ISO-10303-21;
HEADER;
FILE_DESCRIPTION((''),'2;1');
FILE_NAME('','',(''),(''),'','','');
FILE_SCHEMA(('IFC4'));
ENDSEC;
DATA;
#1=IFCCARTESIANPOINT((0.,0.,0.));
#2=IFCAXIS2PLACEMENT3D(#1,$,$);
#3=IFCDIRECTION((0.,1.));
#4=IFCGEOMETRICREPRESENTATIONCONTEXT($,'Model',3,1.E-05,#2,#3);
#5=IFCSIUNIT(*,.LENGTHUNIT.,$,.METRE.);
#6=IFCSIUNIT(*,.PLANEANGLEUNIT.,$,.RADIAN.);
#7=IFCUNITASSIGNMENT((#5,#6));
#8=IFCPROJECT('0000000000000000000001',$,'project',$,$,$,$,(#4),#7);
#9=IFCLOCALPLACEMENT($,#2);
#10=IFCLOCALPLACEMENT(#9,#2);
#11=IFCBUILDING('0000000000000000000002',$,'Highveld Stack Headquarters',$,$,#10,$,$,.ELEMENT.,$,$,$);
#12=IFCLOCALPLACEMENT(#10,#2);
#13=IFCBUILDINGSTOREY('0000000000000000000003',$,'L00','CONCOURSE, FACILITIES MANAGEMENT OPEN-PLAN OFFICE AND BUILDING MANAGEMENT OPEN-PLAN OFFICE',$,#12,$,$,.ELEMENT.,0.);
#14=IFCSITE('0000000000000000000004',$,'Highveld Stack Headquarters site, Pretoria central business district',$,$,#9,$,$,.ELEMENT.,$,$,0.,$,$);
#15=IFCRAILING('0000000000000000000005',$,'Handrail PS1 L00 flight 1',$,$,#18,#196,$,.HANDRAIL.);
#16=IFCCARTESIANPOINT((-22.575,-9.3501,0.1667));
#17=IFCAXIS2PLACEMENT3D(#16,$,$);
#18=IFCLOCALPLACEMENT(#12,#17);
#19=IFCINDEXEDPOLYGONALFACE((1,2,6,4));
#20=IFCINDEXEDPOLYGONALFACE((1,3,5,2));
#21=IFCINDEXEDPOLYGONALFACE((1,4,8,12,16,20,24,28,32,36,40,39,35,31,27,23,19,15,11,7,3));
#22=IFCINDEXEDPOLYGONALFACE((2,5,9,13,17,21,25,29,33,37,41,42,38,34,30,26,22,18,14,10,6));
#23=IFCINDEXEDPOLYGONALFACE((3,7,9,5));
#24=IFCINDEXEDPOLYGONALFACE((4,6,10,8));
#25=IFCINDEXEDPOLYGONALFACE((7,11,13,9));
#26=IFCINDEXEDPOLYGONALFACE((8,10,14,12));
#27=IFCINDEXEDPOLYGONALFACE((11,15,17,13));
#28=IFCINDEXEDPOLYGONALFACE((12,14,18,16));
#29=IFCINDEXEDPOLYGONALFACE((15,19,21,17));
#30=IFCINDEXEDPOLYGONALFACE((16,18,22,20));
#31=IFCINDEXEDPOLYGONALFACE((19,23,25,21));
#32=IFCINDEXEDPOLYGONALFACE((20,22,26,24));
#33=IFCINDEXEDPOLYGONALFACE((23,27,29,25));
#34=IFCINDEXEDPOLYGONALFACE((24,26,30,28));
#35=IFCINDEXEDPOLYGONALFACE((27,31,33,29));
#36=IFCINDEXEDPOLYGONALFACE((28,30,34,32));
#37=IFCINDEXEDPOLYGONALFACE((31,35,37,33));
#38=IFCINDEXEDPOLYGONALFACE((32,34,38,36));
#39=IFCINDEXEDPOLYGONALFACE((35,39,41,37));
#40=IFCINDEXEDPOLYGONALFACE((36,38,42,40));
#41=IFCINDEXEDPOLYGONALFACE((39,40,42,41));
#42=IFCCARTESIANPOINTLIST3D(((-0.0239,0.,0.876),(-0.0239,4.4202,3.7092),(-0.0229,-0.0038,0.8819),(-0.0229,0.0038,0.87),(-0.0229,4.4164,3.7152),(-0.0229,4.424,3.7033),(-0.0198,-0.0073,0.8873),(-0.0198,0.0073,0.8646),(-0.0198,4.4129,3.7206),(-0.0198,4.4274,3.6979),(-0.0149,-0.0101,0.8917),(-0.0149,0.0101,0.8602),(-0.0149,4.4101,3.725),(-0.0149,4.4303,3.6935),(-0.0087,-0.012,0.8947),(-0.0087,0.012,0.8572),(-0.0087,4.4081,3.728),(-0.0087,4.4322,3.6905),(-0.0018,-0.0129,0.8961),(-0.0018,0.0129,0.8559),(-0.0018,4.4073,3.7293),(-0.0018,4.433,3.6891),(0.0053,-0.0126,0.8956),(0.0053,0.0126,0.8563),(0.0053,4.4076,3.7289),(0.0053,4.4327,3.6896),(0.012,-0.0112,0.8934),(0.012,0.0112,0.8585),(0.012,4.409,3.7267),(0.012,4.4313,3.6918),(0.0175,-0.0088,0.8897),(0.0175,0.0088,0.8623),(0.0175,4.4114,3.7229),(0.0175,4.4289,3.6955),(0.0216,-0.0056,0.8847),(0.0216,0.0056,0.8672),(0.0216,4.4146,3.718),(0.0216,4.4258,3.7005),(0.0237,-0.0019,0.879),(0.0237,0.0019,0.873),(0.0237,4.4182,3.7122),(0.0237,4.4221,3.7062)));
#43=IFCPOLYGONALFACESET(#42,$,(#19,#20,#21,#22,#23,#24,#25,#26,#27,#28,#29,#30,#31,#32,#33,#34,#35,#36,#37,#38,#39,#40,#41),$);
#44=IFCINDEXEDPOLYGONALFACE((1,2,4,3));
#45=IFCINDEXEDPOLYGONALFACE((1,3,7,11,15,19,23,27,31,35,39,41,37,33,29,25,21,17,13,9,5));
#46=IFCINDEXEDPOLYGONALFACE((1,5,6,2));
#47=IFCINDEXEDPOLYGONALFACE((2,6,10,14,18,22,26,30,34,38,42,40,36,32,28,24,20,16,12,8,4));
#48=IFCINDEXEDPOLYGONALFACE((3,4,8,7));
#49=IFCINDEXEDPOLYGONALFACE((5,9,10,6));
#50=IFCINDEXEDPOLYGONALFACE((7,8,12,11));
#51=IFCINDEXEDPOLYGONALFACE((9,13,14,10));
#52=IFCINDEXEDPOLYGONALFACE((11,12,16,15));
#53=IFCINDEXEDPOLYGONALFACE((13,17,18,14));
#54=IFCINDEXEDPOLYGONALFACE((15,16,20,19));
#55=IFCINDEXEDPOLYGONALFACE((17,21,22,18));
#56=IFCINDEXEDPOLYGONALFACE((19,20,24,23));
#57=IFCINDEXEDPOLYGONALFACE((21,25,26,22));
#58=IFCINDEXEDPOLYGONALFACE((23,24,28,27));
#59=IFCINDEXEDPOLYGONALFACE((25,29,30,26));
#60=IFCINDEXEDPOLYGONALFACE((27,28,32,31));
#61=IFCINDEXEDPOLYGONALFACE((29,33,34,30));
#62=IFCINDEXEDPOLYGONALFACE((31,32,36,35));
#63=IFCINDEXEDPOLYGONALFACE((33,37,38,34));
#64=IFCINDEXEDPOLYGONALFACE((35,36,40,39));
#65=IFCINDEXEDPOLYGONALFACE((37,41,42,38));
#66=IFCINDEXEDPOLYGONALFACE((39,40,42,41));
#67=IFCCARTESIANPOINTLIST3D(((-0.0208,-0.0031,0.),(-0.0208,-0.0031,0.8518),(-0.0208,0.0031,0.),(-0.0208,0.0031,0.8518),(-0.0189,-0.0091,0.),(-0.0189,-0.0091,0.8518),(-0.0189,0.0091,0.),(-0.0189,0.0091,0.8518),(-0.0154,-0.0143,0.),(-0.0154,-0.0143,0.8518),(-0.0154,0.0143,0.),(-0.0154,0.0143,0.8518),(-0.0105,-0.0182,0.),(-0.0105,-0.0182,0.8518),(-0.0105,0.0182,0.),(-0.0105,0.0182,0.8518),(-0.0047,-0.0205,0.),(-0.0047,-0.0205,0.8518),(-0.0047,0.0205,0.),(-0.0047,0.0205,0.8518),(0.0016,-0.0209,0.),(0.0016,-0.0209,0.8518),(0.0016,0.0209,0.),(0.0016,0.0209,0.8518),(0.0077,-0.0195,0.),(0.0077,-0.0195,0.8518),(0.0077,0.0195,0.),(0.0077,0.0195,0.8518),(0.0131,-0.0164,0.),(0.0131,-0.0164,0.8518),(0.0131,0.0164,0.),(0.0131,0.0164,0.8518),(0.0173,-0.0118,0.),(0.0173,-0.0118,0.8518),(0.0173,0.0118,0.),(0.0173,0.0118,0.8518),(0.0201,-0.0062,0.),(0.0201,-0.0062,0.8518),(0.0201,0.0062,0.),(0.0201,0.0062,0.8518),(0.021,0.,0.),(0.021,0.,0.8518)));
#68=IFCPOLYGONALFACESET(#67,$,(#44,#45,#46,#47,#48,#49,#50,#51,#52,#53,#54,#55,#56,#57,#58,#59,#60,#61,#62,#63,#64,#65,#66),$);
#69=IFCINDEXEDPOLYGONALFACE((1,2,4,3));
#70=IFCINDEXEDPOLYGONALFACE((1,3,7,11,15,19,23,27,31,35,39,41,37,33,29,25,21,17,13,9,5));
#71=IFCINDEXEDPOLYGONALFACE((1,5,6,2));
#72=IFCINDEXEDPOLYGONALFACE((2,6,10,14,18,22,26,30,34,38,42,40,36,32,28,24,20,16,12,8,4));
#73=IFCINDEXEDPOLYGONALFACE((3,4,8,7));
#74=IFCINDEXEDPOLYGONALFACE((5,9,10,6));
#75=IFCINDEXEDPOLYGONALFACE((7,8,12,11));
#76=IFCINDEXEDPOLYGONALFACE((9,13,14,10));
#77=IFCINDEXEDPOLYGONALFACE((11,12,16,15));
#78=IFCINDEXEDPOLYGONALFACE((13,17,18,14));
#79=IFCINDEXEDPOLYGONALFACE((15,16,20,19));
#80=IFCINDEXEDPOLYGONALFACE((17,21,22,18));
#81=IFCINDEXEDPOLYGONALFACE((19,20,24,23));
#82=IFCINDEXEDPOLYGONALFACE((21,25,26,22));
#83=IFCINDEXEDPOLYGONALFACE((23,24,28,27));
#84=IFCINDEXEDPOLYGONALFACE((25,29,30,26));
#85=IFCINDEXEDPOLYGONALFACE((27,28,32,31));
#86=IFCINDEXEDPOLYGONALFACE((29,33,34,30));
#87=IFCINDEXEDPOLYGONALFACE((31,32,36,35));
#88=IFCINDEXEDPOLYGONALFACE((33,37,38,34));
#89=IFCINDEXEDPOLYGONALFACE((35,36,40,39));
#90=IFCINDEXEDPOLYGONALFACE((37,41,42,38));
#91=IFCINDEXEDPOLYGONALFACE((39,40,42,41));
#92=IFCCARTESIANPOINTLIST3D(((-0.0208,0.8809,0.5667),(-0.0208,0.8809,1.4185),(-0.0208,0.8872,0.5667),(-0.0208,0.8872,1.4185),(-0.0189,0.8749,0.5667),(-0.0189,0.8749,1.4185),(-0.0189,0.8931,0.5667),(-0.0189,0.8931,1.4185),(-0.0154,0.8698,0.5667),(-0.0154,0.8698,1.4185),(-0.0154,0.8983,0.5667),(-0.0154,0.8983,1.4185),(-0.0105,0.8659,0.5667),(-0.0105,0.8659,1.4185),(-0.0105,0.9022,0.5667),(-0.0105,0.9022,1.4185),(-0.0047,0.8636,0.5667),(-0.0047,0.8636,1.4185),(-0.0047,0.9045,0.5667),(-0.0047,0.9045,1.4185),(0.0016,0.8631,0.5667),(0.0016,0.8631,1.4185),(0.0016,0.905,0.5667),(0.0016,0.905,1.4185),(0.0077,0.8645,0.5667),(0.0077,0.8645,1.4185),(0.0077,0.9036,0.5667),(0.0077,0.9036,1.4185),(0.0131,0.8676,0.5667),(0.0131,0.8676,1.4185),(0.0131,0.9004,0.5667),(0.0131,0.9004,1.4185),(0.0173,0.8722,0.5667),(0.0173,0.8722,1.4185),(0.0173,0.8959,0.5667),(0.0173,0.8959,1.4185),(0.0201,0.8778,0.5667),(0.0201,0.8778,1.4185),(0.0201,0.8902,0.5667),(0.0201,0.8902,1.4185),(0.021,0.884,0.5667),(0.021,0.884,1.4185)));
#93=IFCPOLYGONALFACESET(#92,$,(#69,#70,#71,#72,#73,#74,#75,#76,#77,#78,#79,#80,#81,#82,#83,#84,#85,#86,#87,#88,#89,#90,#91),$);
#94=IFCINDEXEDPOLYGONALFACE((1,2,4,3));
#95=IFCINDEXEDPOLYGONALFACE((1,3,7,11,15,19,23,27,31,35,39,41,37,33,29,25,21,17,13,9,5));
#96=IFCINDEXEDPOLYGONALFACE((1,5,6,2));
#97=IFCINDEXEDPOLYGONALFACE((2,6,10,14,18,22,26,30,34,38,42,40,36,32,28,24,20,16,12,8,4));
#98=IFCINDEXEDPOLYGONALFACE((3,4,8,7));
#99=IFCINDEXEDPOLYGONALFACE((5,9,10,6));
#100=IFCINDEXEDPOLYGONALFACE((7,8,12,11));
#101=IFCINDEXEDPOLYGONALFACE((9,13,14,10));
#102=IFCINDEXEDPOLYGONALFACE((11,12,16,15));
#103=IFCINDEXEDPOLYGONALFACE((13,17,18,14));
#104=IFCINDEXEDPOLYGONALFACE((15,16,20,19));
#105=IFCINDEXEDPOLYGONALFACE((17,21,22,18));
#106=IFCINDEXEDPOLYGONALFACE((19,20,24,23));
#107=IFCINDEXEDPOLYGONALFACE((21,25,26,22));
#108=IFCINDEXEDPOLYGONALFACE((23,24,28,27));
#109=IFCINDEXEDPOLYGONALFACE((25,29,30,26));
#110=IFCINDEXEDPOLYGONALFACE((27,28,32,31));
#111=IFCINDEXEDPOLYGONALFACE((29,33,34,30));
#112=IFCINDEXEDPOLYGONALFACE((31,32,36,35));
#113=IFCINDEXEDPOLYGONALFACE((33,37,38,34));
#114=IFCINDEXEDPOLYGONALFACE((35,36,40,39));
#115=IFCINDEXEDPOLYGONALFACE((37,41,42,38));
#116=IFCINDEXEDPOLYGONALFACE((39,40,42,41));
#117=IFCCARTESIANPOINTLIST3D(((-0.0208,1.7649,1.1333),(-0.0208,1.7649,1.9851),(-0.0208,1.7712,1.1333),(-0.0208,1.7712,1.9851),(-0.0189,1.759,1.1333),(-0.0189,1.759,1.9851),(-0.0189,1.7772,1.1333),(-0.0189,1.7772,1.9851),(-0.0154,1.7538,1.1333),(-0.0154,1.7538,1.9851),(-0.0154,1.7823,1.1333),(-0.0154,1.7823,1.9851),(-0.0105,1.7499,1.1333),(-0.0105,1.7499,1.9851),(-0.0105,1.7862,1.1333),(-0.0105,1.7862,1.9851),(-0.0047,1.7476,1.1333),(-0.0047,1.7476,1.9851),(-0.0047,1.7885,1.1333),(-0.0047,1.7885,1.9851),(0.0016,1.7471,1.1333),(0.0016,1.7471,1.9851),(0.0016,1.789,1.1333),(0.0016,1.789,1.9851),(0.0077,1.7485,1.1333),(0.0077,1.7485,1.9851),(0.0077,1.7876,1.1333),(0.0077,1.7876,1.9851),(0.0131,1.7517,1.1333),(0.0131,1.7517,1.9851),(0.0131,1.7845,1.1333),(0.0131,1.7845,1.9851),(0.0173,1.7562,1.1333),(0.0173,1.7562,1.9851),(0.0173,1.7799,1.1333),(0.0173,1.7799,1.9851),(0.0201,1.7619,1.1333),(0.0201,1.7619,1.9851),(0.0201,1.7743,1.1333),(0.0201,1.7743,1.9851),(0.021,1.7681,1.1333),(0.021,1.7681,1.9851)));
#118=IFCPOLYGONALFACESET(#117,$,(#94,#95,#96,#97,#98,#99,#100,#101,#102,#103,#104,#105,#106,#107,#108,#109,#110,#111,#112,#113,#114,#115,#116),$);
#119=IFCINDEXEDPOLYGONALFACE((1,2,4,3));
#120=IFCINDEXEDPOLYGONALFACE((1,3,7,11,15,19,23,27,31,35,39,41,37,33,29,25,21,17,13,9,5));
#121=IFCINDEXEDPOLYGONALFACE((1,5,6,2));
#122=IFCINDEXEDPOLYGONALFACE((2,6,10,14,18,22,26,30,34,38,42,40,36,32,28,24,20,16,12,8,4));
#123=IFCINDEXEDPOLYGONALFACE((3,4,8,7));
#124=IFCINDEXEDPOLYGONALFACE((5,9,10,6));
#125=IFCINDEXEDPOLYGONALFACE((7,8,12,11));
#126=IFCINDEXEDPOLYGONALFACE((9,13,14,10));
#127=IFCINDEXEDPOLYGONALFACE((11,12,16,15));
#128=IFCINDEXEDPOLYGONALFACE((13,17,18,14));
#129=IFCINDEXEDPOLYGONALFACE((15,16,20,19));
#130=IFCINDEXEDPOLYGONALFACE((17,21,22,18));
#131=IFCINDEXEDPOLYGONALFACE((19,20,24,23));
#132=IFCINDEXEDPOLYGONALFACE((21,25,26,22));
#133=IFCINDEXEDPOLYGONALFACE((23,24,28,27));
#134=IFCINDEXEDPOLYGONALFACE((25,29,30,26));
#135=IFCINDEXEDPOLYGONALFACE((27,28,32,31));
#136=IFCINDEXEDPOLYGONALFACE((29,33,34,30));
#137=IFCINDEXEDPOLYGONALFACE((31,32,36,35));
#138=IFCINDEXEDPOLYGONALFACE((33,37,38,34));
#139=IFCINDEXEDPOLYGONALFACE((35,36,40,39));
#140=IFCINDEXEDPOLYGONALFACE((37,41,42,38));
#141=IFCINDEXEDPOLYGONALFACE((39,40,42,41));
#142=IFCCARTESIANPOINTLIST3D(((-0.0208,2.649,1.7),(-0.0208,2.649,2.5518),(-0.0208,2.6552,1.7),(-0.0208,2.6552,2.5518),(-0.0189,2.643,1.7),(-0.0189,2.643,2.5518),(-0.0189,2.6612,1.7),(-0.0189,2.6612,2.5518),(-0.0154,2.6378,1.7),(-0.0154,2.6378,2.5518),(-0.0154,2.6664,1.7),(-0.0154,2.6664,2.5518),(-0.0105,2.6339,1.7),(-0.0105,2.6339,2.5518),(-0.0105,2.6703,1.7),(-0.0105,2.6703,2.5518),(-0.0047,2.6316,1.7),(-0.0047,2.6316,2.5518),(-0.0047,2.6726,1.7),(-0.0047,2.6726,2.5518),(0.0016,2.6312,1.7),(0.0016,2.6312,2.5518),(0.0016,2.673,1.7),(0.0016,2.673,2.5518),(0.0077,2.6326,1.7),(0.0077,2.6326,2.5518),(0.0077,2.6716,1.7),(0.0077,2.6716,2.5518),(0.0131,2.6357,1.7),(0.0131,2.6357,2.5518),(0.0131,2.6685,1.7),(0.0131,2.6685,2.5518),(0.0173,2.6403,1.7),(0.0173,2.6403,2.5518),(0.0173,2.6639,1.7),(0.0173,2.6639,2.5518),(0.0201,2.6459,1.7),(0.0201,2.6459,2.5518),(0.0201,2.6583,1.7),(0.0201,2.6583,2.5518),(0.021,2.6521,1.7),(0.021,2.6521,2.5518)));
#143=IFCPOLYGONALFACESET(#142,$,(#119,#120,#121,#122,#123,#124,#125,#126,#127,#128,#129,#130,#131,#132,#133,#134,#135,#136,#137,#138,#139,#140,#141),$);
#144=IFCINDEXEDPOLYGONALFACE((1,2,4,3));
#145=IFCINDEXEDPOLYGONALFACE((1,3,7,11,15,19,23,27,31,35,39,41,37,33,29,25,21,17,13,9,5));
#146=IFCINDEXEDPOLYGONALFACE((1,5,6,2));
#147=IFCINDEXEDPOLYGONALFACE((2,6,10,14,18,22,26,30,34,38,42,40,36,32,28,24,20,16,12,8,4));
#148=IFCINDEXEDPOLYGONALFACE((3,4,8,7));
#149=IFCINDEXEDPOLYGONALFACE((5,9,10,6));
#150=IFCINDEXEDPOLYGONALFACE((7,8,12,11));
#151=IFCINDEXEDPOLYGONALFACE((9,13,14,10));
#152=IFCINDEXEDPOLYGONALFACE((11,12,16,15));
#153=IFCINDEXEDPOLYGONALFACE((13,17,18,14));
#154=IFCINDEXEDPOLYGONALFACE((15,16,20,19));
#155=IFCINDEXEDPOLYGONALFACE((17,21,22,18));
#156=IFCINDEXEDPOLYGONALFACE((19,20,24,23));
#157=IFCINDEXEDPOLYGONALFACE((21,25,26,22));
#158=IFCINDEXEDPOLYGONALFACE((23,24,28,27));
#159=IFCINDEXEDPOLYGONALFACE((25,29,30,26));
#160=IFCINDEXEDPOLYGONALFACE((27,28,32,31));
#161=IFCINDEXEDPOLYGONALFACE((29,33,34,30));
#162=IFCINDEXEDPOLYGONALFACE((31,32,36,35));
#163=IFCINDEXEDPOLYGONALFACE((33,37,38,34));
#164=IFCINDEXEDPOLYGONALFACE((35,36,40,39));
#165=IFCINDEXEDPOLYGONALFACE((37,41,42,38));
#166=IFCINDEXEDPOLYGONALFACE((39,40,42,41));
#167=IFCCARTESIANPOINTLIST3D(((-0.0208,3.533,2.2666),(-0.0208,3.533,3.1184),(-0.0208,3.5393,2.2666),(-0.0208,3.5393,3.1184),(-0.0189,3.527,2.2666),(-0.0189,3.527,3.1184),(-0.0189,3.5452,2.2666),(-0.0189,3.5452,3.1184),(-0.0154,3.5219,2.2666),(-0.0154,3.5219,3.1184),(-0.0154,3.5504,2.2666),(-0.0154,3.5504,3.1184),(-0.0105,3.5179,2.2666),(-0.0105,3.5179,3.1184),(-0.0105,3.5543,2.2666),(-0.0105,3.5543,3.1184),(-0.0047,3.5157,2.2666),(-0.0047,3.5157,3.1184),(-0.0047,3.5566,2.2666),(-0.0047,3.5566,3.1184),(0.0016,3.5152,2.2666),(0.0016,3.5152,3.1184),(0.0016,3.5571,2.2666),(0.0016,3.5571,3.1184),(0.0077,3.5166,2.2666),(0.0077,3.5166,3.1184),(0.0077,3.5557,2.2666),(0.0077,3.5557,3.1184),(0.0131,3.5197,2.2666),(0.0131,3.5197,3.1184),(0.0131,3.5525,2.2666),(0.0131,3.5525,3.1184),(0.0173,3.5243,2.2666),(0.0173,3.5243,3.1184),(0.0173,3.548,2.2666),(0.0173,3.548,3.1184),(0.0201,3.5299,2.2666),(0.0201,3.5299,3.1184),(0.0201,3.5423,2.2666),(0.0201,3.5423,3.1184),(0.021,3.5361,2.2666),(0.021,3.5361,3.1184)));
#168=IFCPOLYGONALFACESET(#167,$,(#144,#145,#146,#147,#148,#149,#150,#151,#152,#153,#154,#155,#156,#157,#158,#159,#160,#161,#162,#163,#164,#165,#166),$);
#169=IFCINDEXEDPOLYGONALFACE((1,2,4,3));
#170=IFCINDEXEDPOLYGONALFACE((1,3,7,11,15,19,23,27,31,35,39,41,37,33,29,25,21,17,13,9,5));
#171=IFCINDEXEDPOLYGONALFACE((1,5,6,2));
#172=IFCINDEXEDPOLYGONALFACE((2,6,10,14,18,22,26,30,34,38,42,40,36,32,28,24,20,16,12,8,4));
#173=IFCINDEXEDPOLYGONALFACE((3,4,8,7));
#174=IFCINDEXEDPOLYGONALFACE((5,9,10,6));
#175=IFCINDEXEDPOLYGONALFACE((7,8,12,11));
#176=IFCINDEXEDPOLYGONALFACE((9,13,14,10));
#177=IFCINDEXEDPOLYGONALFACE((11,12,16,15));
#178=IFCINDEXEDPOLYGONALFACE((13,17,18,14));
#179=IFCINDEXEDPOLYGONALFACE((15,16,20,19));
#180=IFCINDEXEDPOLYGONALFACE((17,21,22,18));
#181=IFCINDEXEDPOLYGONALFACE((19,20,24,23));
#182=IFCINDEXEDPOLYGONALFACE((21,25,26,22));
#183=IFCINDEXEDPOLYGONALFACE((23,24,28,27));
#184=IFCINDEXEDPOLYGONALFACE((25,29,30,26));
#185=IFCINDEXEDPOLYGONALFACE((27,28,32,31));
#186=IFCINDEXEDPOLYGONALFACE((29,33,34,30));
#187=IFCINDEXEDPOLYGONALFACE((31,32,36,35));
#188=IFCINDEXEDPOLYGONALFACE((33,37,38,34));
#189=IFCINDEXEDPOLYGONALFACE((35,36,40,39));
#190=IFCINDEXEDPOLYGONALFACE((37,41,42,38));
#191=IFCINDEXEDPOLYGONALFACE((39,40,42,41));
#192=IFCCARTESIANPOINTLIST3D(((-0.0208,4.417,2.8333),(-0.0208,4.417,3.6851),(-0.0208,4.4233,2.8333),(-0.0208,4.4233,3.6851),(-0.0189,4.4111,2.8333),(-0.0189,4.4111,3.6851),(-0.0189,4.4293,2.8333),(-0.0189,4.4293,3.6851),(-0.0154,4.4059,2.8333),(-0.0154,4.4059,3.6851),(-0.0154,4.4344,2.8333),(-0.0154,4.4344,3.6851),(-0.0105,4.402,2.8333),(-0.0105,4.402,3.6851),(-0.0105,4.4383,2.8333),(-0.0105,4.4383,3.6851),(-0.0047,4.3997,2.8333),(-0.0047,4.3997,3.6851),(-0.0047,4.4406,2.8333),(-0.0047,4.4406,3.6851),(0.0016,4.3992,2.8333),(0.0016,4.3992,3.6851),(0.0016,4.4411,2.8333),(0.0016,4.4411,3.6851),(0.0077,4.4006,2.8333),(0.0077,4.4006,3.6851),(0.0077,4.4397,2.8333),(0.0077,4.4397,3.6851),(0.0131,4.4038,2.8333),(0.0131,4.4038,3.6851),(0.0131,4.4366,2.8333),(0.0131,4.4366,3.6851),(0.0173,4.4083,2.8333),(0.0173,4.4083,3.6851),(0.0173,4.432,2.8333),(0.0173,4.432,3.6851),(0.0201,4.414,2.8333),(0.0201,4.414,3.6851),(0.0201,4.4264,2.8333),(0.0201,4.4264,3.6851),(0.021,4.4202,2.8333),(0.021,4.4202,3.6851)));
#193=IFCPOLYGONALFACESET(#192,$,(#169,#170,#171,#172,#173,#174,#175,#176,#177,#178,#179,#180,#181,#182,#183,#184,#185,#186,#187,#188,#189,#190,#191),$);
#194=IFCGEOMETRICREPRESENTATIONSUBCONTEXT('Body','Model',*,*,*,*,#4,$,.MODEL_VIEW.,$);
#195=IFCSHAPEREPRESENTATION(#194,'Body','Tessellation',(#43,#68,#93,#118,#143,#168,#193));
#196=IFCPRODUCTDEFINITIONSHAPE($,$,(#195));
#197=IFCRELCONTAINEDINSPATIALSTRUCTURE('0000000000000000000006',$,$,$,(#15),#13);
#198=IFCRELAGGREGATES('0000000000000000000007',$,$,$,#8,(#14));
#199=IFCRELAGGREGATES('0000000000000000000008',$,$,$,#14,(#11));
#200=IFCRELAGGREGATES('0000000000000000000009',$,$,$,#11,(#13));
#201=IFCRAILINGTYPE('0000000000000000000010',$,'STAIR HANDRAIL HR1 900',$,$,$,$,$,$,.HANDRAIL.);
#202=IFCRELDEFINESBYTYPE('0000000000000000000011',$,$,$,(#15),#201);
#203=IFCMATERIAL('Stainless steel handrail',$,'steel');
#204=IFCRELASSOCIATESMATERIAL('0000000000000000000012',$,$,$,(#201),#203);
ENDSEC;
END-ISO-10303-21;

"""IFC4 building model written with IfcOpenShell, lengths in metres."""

from ifc_helpers import new_model, si_unit, direction, frame, origin, origin_2d, place, context, subcontext, project, spatial, circle, extrude, material, type_object, element, save


model = new_model("IFC4")

# Units and contexts
model_context = context("Model", 3, precision=1e-05, world=origin(), true_north=direction((0.0, 1.0)))
body_context = subcontext(model_context, "Body", "Model", "MODEL_VIEW")
ifc_project = project(units=[si_unit("LENGTHUNIT", "METRE"), si_unit("PLANEANGLEUNIT", "RADIAN")], contexts=[model_context])

# Site, building, storey
site_placement = place(None, origin())
site = spatial("IfcSite", under=ifc_project, at=site_placement, Name="Highveld Stack Headquarters site, Pretoria central business district", CompositionType="ELEMENT", RefElevation=0.0)
building_placement = place(site_placement, origin())
building = spatial("IfcBuilding", under=site, at=building_placement, Name="Highveld Stack Headquarters", CompositionType="ELEMENT")
storey_placement = place(building_placement, origin())
storey = spatial("IfcBuildingStorey", under=building, at=storey_placement, Name="L00", Description="CONCOURSE, FACILITIES MANAGEMENT OPEN-PLAN OFFICE AND BUILDING MANAGEMENT OPEN-PLAN OFFICE", CompositionType="ELEMENT", Elevation=0.0)

# Railing
ifc_material_1 = material(Name="Stainless steel handrail", Category="steel")
railing_type = type_object("IfcRailingType", Name="STAIR HANDRAIL HR1 900", PredefinedType="HANDRAIL", material=ifc_material_1)
for number, where, name in (
    (1, (-22.575, -9.3501, 0.1667), "Handrail PS1 L00 flight 1"),
):
    element("IfcRailing", number, at=place(storey_placement, frame(where)), inside=storey, type_object=railing_type, Name=name, PredefinedType="HANDRAIL", context=body_context, shape_type="SweptSolid", body=[
        extrude(circle(Radius=0.0239, at=origin_2d()), frame((0.0, 0.0, 0.876), z_axis=(0.0, 0.841895, 0.539641), x_axis=(-1.0, 0.0, 0.0)), (0.0, 0.0, 1.0), 5.2502),
        extrude(circle(Radius=0.021, at=origin_2d()), origin(), (0.0, 0.0, 1.0), 0.8518),
        extrude(circle(Radius=0.021, at=origin_2d()), frame((0.0, 0.884, 0.5667)), (0.0, 0.0, 1.0), 0.8518),
        extrude(circle(Radius=0.021, at=origin_2d()), frame((0.0, 1.7681, 1.1333)), (0.0, 0.0, 1.0), 0.8518),
        extrude(circle(Radius=0.021, at=origin_2d()), frame((0.0, 2.6521, 1.7)), (0.0, 0.0, 1.0), 0.8518),
        extrude(circle(Radius=0.021, at=origin_2d()), frame((0.0, 3.5361, 2.2666)), (0.0, 0.0, 1.0), 0.8518),
        extrude(circle(Radius=0.021, at=origin_2d()), frame((0.0, 4.4202, 2.8333)), (0.0, 0.0, 1.0), 0.8518),
    ])

save(model, "model.ifc")
